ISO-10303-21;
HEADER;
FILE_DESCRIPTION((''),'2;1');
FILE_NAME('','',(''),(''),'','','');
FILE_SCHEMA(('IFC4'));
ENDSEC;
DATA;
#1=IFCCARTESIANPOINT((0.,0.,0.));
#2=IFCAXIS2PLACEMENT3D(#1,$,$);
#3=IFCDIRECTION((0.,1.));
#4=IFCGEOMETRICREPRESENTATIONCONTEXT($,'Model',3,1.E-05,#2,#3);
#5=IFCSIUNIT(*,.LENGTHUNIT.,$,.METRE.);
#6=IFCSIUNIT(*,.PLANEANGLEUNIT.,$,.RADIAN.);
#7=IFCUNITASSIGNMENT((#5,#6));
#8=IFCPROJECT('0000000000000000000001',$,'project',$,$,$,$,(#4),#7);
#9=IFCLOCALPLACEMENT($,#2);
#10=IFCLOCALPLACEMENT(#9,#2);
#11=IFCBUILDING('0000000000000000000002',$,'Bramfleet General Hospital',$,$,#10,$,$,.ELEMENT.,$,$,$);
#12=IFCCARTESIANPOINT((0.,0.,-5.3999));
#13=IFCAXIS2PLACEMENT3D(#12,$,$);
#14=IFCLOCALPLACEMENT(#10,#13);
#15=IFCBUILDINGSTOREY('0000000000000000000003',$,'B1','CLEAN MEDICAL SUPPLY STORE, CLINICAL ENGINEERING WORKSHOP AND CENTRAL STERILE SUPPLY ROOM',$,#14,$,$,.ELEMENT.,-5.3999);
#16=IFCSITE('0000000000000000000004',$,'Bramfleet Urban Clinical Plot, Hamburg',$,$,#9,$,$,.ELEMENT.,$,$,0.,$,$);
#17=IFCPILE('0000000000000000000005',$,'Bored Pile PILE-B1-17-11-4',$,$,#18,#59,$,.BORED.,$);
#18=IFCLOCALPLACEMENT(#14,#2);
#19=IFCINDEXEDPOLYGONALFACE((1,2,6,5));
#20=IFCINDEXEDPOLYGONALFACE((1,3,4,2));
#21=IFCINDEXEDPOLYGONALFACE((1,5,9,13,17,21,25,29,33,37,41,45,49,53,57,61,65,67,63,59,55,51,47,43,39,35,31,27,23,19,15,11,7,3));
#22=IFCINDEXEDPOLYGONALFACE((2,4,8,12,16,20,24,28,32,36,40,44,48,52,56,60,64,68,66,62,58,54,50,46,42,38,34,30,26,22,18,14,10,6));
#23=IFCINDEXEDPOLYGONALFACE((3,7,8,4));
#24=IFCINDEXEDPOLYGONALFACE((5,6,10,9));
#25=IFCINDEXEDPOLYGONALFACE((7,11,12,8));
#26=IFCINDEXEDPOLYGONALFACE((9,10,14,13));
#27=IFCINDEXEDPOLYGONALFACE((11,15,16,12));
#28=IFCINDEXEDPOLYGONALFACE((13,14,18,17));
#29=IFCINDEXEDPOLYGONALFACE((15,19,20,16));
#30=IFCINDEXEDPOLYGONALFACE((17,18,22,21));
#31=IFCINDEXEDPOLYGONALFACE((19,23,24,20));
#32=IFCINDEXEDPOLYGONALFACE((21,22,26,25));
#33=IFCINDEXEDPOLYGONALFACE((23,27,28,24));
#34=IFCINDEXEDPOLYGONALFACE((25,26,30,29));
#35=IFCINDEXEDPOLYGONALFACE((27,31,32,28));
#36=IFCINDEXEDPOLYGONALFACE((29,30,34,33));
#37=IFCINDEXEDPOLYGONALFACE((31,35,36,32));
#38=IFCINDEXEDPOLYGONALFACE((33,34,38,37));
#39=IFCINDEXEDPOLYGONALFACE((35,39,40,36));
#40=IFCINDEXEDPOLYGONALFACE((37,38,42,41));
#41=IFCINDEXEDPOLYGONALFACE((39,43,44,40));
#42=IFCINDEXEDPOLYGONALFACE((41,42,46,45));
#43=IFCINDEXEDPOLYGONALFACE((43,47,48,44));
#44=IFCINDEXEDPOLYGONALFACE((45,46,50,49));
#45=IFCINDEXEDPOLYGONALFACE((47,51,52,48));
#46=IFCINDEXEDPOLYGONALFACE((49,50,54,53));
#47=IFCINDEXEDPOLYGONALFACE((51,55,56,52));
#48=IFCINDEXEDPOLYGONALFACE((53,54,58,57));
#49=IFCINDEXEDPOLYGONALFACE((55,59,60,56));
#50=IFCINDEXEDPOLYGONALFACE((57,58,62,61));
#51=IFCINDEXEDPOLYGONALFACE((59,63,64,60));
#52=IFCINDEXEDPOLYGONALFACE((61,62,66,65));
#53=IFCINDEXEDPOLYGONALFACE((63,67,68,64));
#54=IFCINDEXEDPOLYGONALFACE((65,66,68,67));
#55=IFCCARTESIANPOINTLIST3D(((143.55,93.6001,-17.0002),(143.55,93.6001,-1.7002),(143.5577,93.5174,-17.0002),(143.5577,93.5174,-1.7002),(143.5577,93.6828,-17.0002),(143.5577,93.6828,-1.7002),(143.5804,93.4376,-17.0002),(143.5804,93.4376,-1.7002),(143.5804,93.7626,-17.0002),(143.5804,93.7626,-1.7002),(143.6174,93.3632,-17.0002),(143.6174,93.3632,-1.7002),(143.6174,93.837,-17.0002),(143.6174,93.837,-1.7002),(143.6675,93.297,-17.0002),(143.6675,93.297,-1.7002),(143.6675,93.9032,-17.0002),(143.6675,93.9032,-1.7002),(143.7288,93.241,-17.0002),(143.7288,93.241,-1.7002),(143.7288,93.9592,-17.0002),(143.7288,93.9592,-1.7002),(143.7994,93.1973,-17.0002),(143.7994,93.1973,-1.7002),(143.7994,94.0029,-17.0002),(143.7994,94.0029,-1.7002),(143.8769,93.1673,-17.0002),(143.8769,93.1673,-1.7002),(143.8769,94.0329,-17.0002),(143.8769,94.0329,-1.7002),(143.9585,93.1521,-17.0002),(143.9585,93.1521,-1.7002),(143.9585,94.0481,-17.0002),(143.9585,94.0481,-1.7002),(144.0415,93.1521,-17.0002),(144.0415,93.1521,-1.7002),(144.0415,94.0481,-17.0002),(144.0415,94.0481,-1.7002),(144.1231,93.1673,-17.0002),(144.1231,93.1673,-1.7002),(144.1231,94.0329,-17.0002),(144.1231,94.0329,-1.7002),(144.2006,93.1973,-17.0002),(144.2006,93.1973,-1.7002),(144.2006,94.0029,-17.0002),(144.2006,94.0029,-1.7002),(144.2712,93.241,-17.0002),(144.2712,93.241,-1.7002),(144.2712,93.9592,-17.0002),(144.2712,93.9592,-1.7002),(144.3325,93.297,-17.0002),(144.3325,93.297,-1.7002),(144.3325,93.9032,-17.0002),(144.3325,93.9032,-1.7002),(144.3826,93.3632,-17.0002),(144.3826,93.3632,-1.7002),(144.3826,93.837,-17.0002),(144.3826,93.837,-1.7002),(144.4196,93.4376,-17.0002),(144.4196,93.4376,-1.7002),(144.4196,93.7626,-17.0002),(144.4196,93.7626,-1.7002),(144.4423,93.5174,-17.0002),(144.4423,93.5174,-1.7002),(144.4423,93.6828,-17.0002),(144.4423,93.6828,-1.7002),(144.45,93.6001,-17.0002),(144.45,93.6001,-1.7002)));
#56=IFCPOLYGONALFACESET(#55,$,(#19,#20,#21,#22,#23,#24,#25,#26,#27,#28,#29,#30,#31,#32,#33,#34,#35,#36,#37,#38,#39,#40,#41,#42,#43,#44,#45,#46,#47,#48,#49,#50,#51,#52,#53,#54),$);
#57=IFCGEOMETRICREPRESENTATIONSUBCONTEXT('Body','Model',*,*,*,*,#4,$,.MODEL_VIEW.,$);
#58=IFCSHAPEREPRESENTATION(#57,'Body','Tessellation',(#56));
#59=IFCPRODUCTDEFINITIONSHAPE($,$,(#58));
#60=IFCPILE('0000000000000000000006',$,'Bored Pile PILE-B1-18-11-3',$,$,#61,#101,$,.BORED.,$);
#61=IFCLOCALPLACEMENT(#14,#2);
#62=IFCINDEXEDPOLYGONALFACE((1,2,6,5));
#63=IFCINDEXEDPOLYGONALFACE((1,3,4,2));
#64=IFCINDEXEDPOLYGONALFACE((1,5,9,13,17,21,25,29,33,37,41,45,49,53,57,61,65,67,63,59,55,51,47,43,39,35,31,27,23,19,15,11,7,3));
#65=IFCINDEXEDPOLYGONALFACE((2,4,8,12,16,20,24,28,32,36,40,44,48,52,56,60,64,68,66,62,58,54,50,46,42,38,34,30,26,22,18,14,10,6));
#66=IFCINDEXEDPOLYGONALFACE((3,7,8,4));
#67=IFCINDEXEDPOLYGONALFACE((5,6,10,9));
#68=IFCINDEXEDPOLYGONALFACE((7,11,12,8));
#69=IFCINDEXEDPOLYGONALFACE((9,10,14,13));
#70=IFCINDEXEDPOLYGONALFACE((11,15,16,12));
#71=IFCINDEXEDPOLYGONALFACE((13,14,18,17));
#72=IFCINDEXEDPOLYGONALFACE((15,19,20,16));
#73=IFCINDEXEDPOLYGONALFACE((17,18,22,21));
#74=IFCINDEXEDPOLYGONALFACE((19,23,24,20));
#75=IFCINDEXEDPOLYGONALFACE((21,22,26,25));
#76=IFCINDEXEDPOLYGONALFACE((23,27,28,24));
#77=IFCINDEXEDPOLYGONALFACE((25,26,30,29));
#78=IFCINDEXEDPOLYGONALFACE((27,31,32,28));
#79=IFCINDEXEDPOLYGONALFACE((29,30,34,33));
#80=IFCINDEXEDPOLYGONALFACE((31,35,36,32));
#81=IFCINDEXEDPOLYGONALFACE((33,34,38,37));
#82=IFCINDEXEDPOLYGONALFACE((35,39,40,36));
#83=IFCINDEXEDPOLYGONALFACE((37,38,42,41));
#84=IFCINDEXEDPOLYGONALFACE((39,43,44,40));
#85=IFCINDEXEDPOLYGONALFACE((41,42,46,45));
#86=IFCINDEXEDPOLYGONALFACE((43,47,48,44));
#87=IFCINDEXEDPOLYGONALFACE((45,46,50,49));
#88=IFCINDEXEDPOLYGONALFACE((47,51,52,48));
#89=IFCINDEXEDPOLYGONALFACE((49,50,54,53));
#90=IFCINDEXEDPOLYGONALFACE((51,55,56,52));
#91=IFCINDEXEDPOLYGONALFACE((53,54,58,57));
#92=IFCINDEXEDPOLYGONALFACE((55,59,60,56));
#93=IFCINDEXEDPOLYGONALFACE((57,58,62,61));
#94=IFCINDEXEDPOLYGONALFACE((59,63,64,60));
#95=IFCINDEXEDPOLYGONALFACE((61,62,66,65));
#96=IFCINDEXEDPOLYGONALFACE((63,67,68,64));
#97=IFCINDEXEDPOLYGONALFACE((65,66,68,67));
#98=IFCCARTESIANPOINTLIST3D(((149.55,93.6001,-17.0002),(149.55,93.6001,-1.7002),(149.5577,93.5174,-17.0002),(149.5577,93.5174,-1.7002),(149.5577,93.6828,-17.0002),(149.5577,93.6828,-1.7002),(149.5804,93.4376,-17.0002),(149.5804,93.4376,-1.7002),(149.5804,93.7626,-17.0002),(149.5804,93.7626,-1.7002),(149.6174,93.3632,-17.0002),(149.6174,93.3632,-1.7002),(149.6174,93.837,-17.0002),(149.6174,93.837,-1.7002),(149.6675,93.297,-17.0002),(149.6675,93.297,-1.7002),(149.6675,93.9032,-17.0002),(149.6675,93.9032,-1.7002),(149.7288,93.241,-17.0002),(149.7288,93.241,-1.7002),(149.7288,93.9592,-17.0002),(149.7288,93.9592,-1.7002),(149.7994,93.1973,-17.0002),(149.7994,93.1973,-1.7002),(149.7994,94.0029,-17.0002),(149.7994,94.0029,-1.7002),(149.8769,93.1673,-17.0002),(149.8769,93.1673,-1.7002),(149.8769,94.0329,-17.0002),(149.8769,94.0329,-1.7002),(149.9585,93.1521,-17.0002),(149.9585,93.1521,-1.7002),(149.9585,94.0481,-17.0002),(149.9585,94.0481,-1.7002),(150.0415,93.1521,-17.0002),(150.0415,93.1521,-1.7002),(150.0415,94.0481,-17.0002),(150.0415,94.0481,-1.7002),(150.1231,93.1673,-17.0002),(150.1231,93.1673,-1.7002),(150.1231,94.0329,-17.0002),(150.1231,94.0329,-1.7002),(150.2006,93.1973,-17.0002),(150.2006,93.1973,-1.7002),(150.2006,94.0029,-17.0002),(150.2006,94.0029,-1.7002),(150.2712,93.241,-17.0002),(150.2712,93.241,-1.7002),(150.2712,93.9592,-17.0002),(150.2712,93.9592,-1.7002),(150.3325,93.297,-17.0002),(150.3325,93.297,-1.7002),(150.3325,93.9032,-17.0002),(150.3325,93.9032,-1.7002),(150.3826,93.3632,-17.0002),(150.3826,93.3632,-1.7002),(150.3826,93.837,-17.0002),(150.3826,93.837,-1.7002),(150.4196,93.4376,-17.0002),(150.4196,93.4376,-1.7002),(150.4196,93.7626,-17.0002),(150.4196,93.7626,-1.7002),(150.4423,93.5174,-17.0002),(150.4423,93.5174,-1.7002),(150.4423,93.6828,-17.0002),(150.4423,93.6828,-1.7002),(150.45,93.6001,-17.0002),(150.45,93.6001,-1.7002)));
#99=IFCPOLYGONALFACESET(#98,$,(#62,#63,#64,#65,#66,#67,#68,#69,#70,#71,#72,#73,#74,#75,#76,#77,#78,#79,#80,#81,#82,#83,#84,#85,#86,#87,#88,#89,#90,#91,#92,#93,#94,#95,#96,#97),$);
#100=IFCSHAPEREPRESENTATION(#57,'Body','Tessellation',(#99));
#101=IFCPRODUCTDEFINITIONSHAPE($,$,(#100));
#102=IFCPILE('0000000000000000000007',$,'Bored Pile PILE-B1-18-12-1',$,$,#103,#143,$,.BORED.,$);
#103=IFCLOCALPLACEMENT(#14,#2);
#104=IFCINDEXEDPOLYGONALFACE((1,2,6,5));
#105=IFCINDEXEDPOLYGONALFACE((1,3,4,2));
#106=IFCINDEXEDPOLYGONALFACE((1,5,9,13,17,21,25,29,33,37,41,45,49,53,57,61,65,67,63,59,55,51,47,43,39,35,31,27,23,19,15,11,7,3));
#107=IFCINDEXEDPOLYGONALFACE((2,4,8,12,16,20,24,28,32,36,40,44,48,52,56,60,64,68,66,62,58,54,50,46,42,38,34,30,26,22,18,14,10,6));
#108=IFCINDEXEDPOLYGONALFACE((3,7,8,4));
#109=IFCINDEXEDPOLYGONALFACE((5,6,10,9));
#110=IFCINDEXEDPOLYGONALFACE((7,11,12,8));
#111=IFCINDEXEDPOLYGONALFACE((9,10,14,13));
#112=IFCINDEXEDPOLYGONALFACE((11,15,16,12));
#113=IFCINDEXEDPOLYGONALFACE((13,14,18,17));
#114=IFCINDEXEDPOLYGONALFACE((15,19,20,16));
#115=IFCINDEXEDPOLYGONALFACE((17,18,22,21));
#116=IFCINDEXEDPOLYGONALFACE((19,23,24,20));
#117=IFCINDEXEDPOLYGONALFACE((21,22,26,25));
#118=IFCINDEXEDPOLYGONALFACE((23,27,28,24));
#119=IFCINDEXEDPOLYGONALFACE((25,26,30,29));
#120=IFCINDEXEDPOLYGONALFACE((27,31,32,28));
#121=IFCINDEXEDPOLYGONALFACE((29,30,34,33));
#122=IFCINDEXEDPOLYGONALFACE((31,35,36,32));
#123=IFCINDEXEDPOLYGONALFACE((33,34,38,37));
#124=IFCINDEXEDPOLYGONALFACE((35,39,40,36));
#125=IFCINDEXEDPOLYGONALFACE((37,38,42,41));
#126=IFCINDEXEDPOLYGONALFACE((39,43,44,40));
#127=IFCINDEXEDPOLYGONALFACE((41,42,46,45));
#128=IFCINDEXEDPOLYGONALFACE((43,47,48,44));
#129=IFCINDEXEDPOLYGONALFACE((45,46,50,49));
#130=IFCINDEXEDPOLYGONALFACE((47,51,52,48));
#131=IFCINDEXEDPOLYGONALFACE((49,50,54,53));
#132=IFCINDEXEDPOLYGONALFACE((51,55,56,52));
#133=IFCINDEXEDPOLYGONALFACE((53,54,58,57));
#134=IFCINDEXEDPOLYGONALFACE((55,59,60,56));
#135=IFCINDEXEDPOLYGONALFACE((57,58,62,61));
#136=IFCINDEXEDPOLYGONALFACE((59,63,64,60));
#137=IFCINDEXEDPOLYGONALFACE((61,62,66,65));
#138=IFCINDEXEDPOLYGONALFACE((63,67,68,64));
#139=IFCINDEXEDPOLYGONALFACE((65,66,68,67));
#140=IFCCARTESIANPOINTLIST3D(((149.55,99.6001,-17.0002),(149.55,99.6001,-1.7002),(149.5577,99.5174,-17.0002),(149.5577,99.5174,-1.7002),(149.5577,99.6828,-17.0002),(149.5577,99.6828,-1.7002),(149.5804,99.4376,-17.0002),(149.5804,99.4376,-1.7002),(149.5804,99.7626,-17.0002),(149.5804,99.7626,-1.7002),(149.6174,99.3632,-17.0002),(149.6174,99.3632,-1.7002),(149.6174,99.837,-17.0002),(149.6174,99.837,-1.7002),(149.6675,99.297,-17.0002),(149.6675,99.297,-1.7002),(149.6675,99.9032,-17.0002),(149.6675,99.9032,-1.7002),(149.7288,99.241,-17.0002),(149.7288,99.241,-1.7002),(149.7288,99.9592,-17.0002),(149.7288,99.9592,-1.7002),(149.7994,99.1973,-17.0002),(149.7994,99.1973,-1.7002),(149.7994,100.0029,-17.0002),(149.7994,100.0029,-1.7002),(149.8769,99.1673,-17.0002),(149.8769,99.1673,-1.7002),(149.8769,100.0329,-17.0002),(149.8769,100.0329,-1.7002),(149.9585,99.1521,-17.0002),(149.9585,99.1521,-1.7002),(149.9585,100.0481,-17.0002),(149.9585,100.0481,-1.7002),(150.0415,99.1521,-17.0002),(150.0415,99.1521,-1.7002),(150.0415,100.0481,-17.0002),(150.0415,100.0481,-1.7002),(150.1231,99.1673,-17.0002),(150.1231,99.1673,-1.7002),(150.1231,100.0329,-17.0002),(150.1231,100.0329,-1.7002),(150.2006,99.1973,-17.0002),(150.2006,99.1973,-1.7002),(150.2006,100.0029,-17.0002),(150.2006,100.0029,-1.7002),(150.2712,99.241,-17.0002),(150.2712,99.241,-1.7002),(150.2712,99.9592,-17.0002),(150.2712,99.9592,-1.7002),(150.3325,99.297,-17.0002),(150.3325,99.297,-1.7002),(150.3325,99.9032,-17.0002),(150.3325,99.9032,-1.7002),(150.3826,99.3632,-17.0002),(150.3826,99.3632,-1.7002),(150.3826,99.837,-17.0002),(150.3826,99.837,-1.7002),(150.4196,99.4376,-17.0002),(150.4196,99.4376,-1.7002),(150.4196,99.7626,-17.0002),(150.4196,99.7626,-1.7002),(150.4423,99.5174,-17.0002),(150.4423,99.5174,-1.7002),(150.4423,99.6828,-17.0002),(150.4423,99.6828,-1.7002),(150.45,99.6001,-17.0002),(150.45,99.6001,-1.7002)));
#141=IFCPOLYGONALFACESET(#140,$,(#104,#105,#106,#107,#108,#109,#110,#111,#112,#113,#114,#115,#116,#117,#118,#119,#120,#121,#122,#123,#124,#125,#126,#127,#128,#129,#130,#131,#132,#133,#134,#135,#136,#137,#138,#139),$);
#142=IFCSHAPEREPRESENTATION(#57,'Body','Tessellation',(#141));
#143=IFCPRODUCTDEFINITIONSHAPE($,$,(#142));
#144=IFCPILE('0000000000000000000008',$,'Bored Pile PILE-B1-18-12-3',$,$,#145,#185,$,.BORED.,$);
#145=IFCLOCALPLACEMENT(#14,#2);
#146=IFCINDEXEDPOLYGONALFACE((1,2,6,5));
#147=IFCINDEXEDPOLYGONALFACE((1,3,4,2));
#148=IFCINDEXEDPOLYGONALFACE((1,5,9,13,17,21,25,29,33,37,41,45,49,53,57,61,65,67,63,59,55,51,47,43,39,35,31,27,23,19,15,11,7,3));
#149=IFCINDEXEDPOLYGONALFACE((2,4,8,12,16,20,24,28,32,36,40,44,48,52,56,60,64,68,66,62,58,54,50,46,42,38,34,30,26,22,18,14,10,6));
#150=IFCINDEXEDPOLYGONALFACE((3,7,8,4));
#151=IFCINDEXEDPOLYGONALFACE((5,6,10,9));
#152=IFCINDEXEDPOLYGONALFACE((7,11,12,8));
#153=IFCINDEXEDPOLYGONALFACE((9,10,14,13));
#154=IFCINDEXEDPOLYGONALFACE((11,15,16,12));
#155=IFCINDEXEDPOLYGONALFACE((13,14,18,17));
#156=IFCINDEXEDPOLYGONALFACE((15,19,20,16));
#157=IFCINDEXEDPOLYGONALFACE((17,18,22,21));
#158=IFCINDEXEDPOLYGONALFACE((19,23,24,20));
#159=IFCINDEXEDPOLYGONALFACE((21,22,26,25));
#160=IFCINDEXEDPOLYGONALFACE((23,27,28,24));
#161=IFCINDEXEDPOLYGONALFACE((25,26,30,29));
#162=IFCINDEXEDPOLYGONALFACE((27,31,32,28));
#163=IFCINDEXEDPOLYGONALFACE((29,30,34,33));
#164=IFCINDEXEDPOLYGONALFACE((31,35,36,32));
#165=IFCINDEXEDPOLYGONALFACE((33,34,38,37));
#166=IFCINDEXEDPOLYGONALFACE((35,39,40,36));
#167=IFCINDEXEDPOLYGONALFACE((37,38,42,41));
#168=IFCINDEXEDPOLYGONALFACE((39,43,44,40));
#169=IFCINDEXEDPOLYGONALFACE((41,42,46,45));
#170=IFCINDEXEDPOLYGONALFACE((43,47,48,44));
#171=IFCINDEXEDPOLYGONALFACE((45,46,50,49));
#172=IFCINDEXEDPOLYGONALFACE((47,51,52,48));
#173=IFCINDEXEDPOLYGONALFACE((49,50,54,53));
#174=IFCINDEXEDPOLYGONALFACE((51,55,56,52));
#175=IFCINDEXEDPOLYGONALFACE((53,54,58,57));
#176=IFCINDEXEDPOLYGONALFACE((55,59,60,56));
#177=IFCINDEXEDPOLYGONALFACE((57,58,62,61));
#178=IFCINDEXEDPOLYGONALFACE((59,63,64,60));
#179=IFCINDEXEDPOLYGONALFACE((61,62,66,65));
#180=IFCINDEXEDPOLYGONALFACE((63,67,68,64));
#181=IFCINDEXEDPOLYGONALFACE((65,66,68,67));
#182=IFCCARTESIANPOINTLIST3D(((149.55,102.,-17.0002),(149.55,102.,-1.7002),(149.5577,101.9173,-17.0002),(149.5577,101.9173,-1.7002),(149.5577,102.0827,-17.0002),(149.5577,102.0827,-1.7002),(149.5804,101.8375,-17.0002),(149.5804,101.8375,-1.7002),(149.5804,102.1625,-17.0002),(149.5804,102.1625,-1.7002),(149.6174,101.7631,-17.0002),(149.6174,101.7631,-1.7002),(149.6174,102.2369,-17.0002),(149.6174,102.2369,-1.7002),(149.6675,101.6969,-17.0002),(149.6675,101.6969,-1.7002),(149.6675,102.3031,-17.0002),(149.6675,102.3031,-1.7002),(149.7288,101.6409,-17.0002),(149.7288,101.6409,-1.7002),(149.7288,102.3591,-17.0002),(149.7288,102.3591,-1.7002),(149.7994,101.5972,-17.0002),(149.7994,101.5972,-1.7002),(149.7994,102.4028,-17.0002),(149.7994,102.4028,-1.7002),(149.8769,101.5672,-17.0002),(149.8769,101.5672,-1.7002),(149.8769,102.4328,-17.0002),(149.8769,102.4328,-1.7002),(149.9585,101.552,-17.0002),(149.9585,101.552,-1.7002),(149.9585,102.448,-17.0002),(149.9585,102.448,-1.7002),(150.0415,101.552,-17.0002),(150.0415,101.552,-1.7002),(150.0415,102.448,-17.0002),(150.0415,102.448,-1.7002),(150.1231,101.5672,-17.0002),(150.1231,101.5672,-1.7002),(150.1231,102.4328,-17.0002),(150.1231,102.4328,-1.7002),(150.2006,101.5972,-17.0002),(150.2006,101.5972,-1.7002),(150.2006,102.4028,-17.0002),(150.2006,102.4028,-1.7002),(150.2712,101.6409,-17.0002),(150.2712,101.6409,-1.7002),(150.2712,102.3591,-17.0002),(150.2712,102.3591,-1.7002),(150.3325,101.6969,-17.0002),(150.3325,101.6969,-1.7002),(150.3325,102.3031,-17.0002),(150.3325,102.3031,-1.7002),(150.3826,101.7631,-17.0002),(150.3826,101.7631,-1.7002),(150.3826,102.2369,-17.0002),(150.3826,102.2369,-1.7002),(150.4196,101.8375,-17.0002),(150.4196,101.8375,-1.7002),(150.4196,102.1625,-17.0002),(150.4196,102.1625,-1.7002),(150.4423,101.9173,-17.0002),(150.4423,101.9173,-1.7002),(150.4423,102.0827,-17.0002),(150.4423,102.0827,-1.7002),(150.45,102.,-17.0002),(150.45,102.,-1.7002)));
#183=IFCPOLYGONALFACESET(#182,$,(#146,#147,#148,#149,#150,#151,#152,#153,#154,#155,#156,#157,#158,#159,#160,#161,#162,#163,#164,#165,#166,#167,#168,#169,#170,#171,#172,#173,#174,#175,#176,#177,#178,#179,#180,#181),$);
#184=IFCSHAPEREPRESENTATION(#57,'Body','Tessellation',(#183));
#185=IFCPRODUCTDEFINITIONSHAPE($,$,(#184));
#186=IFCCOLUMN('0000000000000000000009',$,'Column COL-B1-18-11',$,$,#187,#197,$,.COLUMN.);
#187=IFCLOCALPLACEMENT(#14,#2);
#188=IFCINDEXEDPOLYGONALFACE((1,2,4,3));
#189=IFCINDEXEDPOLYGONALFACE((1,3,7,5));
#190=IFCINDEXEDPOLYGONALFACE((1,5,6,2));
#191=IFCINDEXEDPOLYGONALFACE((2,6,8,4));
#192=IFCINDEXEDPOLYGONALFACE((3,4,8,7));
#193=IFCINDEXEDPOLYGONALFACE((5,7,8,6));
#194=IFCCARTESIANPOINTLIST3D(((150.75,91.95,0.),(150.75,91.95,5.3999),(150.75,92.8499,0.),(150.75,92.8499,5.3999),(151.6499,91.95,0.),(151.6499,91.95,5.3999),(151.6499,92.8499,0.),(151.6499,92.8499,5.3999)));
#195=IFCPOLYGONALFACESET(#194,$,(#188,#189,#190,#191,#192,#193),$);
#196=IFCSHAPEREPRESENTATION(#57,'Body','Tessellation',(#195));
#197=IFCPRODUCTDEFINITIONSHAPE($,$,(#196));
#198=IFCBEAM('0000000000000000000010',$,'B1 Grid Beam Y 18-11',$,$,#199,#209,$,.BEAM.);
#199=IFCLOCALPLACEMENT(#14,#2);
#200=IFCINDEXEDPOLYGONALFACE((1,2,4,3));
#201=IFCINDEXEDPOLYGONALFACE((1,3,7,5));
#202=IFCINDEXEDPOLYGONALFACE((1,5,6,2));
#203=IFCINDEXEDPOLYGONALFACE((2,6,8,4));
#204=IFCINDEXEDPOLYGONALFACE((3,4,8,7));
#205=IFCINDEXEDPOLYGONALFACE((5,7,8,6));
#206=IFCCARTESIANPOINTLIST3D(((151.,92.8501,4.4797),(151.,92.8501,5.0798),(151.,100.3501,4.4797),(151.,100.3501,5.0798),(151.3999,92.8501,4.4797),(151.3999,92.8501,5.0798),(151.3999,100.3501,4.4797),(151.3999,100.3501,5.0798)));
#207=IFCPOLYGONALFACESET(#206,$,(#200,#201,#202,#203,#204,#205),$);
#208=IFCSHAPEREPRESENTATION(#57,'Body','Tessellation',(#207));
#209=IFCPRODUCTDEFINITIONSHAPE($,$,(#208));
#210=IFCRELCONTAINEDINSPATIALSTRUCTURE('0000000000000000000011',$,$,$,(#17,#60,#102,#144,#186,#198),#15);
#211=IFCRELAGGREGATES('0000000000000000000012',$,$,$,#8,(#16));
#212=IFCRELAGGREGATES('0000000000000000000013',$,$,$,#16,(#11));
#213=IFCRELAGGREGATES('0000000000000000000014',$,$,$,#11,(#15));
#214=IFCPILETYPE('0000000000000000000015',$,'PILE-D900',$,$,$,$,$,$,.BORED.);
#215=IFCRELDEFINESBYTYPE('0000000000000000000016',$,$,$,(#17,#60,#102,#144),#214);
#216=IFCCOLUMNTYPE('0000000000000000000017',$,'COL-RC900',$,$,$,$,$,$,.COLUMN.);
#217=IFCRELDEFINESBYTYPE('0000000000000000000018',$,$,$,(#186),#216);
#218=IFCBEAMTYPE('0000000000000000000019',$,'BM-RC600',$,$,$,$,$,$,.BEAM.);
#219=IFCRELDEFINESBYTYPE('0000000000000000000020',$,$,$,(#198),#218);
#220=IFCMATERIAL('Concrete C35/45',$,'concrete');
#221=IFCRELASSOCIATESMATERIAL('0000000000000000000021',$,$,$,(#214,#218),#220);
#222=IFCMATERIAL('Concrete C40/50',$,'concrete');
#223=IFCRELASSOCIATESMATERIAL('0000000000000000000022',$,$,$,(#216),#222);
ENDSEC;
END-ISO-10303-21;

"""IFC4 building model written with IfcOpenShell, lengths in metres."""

from ifc_helpers import new_model, si_unit, direction, frame, origin, origin_2d, place, context, subcontext, project, spatial, rectangle, circle, extrude, material, material_profile, profile_set, type_object, element, save


model = new_model("IFC4")

# Units and contexts
model_context = context("Model", 3, precision=1e-05, world=origin(), true_north=direction((0.0, 1.0)))
body_context = subcontext(model_context, "Body", "Model", "MODEL_VIEW")
ifc_project = project(units=[si_unit("LENGTHUNIT", "METRE"), si_unit("PLANEANGLEUNIT", "RADIAN")], contexts=[model_context])

# Site, building, storey
site_placement = place(None, origin())
site = spatial("IfcSite", under=ifc_project, at=site_placement, Name="Bramfleet Urban Clinical Plot, Hamburg", CompositionType="ELEMENT", RefElevation=0.0)
building_placement = place(site_placement, origin())
building = spatial("IfcBuilding", under=site, at=building_placement, Name="Bramfleet General Hospital", CompositionType="ELEMENT")
storey_placement = place(building_placement, frame((0.0, 0.0, -5.3999)))
storey = spatial("IfcBuildingStorey", under=building, at=storey_placement, Name="B1", Description="CLEAN MEDICAL SUPPLY STORE, CLINICAL ENGINEERING WORKSHOP AND CENTRAL STERILE SUPPLY ROOM", CompositionType="ELEMENT", Elevation=-5.3999)

# Shared definitions
ifc_material_1 = material(Name="Concrete C35/45", Category="concrete")

# Piles
ifc_material_profile_1 = material_profile(ifc_material_1, circle(Radius=0.45, at=origin_2d()), Name="PILE BORED D900")
ifc_profile_set_1 = profile_set([ifc_material_profile_1], Name="Concrete C35/45")
pile_type_1 = type_object("IfcPileType", Name="PILE-D900", PredefinedType="BORED", material=ifc_profile_set_1)
for number, where, z_axis, x_axis, name in (
    (1, (144.0, 93.6001, -1.7002), (0.0, 0.0, -1.0), (1.0, 0.0, 0.0), "Bored Pile PILE-B1-17-11-4"),
    (2, (150.0, 93.6001, -1.7002), (0.0, 0.0, -1.0), (1.0, 0.0, 0.0), "Bored Pile PILE-B1-18-11-3"),
    (3, (150.0, 99.6001, -1.7002), (0.0, 0.0, -1.0), (1.0, 0.0, 0.0), "Bored Pile PILE-B1-18-12-1"),
    (4, (150.0, 102.0, -1.7002), (0.0, 0.0, -1.0), (1.0, 0.0, 0.0), "Bored Pile PILE-B1-18-12-3"),
):
    element("IfcPile", number, at=place(storey_placement, frame(where, z_axis=z_axis, x_axis=x_axis)), inside=storey, type_object=pile_type_1, Name=name, PredefinedType="BORED", context=body_context, shape_type="SweptSolid", body=[
        extrude(circle(Radius=0.45, at=origin_2d()), origin(), (0.0, 0.0, 1.0), 15.3),
    ])

# Column
ifc_material_2 = material(Name="Concrete C40/50", Category="concrete")
ifc_material_profile_2 = material_profile(ifc_material_2, rectangle(XDim=0.8999, YDim=0.8999, at=origin_2d()), Name="RC COL 900x900")
ifc_profile_set_2 = profile_set([ifc_material_profile_2], Name="Concrete C40/50")
column_type = type_object("IfcColumnType", Name="COL-RC900", PredefinedType="COLUMN", material=ifc_profile_set_2)
column_placement = place(storey_placement, frame((151.2, 92.3999, 0.0), z_axis=(0.0, 0.0, 1.0), x_axis=(1.0, 0.0, 0.0)))
element("IfcColumn", 5, at=column_placement, inside=storey, type_object=column_type, Name="Column COL-B1-18-11", PredefinedType="COLUMN", context=body_context, shape_type="SweptSolid", body=[
    extrude(rectangle(XDim=0.8999, YDim=0.8999, at=origin_2d()), origin(), (0.0, 0.0, 1.0), 5.3999),
])

# Beam
ifc_material_profile_3 = material_profile(ifc_material_1, rectangle(XDim=0.3999, YDim=0.6001, at=origin_2d()), Name="RC BM 600x400")
ifc_profile_set_3 = profile_set([ifc_material_profile_3], Name="Concrete C35/45")
beam_type_1 = type_object("IfcBeamType", Name="BM-RC600", PredefinedType="BEAM", material=ifc_profile_set_3)
beam_placement = place(storey_placement, frame((151.2, 92.8501, 4.7798), z_axis=(0.0, 1.0, 0.0), x_axis=(-1.0, 0.0, 0.0)))
element("IfcBeam", 6, at=beam_placement, inside=storey, type_object=beam_type_1, Name="B1 Grid Beam Y 18-11", PredefinedType="BEAM", context=body_context, shape_type="SweptSolid", body=[
    extrude(rectangle(XDim=0.3999, YDim=0.6001, at=origin_2d()), origin(), (0.0, 0.0, 1.0), 7.5),
])

save(model, "model.ifc")
